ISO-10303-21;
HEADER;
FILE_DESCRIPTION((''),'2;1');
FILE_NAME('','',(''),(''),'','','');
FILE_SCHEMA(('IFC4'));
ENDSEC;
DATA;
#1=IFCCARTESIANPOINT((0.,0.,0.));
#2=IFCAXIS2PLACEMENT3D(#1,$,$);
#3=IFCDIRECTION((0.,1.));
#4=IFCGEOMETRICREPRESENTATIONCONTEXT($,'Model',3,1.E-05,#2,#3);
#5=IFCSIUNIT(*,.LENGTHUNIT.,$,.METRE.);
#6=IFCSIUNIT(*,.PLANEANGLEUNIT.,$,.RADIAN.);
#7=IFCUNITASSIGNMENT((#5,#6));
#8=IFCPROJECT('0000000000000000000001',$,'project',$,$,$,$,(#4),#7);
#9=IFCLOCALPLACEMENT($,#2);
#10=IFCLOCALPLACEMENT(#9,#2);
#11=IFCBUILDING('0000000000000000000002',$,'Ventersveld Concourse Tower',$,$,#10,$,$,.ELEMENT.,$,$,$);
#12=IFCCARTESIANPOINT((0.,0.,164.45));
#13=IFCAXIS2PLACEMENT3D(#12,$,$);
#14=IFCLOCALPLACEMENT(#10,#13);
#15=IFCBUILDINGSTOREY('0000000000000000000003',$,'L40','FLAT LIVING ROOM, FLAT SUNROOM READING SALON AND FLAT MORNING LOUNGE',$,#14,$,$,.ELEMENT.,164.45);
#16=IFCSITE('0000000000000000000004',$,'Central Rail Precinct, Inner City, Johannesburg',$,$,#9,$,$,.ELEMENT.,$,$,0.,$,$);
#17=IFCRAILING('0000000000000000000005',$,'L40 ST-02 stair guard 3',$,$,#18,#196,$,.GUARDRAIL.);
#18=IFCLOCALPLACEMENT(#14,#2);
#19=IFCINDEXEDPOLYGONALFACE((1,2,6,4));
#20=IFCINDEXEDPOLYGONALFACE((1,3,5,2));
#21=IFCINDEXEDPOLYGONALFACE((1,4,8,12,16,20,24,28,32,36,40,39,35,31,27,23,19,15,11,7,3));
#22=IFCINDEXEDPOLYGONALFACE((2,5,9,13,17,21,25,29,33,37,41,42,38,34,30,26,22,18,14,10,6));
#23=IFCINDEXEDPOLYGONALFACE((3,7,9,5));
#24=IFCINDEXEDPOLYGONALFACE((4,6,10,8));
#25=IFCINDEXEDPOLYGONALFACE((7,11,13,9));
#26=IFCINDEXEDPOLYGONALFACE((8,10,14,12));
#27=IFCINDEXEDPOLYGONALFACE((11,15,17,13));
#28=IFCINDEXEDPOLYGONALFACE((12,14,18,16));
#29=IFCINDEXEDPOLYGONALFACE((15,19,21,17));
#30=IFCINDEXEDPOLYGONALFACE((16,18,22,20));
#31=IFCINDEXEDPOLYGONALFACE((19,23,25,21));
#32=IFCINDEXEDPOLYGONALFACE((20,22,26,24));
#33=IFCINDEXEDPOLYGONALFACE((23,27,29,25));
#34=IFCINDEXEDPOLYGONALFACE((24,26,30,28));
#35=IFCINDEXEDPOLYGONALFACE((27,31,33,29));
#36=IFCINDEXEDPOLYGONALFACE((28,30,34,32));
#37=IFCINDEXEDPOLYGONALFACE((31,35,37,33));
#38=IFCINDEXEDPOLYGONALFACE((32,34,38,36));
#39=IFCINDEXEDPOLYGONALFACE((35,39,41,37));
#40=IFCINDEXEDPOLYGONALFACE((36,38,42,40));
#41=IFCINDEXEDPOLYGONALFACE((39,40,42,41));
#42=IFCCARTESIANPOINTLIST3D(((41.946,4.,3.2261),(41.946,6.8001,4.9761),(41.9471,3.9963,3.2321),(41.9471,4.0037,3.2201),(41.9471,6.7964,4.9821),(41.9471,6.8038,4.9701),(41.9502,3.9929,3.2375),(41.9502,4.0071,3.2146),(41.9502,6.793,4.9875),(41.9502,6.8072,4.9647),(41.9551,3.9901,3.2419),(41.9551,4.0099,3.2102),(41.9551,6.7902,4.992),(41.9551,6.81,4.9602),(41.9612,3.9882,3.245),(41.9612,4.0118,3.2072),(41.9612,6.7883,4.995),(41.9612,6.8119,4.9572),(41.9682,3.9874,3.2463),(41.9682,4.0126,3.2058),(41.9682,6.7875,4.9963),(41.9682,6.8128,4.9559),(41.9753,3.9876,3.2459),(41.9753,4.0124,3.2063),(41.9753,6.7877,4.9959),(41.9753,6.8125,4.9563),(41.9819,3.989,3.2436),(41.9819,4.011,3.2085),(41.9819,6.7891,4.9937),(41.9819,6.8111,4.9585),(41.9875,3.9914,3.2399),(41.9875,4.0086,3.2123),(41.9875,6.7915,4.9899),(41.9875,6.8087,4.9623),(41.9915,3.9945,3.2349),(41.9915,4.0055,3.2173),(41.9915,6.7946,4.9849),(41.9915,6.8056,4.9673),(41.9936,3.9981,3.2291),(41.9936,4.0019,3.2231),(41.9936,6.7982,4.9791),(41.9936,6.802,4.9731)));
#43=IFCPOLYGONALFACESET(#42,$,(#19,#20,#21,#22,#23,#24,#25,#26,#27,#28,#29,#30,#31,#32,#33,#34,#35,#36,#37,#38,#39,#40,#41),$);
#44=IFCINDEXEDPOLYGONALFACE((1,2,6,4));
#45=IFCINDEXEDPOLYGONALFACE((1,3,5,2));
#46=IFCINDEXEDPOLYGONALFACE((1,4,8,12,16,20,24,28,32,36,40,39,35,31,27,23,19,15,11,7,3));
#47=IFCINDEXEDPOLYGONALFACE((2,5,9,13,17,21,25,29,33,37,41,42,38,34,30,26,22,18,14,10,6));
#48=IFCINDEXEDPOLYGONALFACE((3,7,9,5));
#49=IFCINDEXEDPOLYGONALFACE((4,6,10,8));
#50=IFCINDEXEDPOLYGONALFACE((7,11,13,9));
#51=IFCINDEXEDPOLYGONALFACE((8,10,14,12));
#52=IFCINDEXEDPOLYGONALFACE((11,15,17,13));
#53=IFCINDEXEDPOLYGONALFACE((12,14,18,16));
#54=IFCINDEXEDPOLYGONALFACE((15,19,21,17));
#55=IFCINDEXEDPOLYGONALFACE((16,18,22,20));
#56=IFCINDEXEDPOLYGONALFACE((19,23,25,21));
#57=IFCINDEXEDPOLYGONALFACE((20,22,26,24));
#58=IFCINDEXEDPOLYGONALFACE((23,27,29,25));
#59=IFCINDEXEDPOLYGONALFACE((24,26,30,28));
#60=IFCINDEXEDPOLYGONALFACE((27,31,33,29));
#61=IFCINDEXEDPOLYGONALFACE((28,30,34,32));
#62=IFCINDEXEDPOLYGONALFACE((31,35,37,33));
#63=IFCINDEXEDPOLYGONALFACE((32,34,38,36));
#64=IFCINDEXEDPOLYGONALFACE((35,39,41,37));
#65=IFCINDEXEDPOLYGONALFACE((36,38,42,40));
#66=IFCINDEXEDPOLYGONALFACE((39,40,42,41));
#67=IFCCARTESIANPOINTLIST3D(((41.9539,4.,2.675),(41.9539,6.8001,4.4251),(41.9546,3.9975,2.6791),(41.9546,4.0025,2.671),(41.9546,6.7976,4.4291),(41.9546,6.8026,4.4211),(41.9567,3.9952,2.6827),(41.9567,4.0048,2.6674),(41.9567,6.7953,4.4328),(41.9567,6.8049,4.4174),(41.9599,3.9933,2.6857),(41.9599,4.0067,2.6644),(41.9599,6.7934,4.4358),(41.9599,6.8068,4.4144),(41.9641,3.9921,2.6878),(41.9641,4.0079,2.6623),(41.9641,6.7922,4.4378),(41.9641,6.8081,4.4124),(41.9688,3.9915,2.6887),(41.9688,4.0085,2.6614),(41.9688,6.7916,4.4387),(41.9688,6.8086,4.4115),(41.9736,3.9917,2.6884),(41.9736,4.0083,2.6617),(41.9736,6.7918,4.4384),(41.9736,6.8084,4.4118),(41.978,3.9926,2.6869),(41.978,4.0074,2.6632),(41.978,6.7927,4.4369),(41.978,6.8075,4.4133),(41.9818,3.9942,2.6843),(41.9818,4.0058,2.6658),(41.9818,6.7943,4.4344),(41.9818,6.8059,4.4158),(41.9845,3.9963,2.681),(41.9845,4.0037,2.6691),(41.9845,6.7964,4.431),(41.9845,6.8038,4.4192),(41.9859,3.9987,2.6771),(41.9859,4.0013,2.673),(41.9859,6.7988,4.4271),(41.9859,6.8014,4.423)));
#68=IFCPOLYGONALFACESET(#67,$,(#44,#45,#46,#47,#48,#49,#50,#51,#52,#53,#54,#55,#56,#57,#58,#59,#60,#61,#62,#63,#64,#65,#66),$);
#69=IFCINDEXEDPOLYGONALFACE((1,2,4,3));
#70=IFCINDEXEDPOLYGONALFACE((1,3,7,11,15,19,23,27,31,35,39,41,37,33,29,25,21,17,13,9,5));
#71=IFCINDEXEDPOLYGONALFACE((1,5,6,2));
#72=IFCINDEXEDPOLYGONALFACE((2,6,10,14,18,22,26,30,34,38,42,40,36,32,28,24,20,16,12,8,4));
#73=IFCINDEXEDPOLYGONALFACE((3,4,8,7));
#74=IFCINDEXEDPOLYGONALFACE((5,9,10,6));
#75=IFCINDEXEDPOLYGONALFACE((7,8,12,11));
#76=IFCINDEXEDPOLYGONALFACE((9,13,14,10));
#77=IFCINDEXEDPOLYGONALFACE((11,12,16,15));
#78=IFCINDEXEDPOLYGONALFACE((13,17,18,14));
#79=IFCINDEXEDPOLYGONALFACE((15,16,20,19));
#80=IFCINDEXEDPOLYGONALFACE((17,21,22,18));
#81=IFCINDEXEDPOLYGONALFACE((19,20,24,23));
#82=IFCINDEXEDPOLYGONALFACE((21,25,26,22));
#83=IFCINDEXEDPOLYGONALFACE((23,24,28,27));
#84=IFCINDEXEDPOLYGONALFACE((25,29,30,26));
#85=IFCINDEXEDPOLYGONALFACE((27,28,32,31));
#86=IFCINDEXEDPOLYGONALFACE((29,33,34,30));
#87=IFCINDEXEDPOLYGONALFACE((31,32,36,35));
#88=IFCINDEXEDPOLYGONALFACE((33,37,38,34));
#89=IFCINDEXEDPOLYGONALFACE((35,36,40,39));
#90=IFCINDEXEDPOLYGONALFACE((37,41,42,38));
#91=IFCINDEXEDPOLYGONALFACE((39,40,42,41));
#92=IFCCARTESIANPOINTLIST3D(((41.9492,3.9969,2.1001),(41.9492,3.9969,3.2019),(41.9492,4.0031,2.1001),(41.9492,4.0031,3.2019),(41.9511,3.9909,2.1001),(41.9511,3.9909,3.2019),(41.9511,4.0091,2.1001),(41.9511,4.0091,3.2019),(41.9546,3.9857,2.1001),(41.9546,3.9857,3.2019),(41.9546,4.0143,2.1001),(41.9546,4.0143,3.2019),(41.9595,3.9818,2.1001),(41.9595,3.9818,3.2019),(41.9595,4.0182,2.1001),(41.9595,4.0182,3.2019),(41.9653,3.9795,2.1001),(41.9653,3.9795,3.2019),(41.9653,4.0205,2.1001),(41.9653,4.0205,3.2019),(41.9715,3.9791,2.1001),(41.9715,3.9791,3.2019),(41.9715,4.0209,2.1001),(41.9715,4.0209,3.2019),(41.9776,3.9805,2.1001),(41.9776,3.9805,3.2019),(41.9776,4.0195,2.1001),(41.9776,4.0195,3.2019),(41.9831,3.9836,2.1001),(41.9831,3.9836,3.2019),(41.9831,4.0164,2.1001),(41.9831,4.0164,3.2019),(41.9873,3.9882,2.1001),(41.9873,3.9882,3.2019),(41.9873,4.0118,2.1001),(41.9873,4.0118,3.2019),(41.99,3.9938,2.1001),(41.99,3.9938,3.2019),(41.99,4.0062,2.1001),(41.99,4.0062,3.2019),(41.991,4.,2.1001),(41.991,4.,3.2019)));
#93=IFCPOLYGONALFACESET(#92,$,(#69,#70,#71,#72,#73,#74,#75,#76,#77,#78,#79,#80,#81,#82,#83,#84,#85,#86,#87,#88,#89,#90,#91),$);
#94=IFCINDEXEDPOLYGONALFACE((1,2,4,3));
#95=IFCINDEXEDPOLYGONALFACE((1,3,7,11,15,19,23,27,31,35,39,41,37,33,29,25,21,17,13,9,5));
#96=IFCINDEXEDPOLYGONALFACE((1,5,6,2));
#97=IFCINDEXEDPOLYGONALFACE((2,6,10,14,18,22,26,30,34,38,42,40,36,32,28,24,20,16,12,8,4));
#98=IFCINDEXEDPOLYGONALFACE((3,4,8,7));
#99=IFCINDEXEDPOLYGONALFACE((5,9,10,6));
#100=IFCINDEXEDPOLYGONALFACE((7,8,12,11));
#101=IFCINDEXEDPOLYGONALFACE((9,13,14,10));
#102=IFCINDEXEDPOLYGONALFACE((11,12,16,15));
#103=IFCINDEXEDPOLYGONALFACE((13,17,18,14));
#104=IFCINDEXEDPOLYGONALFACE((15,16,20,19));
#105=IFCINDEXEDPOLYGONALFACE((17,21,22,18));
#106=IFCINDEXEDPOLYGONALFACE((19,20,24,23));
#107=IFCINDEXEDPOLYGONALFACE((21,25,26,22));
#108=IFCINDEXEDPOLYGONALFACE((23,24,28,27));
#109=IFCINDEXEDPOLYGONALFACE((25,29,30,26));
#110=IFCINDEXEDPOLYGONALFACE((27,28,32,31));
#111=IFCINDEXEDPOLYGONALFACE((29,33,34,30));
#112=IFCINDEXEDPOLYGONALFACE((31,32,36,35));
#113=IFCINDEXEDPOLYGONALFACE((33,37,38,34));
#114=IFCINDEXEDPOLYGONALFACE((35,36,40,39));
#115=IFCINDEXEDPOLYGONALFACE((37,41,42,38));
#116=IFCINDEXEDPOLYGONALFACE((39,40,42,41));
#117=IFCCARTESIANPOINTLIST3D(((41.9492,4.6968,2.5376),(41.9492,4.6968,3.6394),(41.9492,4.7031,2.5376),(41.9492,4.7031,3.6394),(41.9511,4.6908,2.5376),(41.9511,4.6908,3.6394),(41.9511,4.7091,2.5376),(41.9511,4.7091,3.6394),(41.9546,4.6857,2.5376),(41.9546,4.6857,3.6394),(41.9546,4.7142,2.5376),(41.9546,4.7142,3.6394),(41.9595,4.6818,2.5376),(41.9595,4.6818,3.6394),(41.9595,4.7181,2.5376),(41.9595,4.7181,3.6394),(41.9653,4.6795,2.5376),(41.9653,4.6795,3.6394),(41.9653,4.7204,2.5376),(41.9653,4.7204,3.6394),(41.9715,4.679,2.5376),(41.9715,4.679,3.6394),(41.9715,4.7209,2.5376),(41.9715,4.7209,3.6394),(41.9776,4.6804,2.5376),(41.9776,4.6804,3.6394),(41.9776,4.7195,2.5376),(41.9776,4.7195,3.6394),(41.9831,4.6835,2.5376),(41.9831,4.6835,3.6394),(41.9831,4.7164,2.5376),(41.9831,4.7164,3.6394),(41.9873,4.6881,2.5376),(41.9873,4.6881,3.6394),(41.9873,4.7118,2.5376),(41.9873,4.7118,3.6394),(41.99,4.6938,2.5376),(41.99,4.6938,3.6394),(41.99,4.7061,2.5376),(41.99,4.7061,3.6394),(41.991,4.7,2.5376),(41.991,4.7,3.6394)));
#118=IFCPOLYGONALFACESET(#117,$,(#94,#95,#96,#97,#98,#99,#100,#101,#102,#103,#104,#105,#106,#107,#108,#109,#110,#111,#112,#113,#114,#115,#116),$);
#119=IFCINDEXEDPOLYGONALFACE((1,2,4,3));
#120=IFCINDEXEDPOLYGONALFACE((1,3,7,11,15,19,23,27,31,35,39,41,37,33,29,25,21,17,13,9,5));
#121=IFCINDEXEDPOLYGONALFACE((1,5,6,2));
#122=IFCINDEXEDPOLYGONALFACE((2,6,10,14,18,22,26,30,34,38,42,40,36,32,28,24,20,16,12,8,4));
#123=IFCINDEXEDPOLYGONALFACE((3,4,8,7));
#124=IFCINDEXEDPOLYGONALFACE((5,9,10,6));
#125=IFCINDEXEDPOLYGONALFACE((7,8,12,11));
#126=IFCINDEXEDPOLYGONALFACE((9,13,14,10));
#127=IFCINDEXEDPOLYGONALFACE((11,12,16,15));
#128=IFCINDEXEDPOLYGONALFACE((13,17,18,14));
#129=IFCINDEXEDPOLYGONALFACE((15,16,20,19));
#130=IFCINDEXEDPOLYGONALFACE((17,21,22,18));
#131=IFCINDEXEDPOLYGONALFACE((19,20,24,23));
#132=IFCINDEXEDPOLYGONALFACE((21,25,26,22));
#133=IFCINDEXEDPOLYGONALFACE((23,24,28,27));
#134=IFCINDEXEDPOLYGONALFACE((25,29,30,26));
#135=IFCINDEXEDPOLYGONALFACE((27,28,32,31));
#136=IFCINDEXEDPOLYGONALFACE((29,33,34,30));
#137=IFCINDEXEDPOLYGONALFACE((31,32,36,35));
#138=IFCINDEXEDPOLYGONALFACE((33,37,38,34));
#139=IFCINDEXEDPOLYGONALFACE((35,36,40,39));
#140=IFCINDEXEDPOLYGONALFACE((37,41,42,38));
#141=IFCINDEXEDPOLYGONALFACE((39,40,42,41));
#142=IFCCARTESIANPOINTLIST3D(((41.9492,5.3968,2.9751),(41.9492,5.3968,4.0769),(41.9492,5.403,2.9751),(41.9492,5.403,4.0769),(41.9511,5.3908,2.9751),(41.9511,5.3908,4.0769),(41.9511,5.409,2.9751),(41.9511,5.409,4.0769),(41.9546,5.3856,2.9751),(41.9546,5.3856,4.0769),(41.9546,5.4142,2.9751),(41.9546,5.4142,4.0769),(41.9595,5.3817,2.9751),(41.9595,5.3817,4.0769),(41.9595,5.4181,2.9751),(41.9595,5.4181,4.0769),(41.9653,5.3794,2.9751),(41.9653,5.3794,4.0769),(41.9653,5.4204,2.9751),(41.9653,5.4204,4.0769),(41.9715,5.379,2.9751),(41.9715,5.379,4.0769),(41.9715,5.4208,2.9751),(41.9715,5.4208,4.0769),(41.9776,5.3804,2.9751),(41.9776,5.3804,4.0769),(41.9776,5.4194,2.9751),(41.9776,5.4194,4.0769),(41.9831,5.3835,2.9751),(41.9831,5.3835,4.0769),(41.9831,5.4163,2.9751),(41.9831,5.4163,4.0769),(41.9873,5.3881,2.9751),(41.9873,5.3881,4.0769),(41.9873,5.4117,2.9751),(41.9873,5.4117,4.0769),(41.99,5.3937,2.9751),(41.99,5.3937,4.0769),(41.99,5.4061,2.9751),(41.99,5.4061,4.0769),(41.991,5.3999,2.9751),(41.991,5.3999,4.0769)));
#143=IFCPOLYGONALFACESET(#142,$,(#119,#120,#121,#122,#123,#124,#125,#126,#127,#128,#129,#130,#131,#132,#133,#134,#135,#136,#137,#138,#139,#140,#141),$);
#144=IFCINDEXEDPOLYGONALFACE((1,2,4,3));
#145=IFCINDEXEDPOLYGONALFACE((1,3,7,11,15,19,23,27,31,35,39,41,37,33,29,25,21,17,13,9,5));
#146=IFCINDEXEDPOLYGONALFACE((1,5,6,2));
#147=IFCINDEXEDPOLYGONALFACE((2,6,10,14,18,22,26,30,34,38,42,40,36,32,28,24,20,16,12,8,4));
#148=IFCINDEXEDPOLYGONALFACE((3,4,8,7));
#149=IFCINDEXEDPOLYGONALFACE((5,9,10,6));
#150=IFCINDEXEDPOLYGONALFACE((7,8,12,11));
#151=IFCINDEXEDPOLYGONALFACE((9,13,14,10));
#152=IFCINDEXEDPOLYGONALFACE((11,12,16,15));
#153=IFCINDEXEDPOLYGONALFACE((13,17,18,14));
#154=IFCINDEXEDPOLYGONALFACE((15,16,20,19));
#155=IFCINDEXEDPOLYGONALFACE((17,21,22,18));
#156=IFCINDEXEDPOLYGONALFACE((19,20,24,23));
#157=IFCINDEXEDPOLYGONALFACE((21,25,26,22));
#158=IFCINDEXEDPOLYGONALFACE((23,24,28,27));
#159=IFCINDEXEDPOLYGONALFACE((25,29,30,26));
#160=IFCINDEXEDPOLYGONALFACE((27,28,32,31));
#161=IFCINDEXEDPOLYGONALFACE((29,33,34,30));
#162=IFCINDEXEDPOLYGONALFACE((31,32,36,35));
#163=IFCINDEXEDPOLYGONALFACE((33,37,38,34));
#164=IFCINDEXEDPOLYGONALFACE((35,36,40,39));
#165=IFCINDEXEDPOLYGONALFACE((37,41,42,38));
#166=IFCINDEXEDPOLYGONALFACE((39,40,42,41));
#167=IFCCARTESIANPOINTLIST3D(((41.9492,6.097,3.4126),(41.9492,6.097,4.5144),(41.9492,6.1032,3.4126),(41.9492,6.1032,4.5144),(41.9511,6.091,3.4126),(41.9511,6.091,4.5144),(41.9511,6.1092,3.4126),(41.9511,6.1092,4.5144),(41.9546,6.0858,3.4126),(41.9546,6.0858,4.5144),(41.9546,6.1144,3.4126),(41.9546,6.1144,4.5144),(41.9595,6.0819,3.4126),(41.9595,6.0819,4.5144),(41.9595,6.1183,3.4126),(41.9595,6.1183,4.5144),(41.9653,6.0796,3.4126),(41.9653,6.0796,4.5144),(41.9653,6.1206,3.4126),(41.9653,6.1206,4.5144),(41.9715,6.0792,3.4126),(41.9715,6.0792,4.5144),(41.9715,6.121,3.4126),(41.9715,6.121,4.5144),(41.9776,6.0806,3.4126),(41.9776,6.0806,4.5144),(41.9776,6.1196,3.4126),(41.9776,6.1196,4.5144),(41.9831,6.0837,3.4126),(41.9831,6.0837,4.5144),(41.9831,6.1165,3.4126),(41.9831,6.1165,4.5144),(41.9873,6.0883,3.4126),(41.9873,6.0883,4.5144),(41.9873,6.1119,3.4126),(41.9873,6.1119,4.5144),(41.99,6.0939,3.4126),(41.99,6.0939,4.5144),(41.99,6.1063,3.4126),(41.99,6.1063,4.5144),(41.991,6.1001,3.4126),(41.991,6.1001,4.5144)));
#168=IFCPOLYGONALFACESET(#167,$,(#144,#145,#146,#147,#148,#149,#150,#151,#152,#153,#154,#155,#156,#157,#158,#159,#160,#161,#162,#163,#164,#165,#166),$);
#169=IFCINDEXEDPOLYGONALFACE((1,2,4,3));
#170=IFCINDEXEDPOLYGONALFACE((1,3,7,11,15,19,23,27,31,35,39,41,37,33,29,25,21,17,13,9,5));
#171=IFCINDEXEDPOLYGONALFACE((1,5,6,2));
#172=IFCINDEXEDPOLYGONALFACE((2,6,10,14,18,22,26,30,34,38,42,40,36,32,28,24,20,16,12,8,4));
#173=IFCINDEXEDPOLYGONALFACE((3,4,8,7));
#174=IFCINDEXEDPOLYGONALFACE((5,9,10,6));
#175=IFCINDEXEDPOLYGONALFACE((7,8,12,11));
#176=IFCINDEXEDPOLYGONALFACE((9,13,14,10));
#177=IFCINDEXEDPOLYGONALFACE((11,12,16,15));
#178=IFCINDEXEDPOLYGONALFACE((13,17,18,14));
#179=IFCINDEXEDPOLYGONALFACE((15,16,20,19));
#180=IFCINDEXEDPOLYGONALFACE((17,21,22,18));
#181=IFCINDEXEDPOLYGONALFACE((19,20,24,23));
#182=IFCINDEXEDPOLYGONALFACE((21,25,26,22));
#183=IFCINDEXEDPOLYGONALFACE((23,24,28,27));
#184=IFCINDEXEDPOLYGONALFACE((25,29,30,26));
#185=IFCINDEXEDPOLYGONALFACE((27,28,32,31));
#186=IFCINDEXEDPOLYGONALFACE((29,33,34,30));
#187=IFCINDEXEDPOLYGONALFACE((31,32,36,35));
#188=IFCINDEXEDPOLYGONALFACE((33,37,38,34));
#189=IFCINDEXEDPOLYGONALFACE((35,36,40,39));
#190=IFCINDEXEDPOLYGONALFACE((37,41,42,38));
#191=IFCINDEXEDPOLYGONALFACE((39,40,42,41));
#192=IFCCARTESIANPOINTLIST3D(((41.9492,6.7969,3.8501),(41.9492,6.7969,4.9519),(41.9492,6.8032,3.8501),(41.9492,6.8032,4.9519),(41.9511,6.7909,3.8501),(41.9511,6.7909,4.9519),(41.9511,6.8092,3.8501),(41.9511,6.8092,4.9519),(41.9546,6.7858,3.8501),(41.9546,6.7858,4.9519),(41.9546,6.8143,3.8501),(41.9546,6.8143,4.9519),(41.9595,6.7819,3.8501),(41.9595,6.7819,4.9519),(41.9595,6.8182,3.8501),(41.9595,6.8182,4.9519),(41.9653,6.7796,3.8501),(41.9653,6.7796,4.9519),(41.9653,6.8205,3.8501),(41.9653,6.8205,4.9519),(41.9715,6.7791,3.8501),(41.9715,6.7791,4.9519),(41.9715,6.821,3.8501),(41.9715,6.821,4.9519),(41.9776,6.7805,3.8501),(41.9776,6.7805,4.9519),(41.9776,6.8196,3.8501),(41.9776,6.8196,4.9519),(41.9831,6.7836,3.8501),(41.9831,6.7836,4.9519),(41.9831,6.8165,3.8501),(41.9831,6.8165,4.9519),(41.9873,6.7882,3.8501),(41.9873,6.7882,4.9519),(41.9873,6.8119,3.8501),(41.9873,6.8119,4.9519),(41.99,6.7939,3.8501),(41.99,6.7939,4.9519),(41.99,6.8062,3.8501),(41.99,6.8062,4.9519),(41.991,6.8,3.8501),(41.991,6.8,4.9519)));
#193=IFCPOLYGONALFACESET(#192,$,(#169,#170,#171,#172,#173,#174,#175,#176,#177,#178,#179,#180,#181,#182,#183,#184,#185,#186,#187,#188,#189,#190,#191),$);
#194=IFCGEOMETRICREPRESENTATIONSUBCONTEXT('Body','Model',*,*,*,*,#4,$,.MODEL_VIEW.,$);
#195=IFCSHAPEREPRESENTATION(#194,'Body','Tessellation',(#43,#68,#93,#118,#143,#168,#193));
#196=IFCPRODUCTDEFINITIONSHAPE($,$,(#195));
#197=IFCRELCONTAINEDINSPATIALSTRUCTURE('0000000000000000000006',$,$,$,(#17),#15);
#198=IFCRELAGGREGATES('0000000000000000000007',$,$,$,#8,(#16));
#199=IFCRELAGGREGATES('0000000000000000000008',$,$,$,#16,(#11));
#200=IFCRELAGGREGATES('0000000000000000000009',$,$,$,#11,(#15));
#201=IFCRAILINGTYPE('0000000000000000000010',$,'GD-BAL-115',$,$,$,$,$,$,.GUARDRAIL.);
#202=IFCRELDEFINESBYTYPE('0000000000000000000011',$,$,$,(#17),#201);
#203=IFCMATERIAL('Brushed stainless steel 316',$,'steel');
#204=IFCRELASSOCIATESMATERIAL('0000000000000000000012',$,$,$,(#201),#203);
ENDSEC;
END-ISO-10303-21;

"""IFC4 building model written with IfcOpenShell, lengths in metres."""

from ifc_helpers import new_model, si_unit, direction, frame, origin, origin_2d, place, context, subcontext, project, spatial, circle, extrude, material, type_object, element, save


model = new_model("IFC4")

# Units and contexts
model_context = context("Model", 3, precision=1e-05, world=origin(), true_north=direction((0.0, 1.0)))
body_context = subcontext(model_context, "Body", "Model", "MODEL_VIEW")
ifc_project = project(units=[si_unit("LENGTHUNIT", "METRE"), si_unit("PLANEANGLEUNIT", "RADIAN")], contexts=[model_context])

# Site, building, storey
site_placement = place(None, origin())
site = spatial("IfcSite", under=ifc_project, at=site_placement, Name="Central Rail Precinct, Inner City, Johannesburg", CompositionType="ELEMENT", RefElevation=0.0)
building_placement = place(site_placement, origin())
building = spatial("IfcBuilding", under=site, at=building_placement, Name="Ventersveld Concourse Tower", CompositionType="ELEMENT")
storey_placement = place(building_placement, frame((0.0, 0.0, 164.45)))
storey = spatial("IfcBuildingStorey", under=building, at=storey_placement, Name="L40", Description="FLAT LIVING ROOM, FLAT SUNROOM READING SALON AND FLAT MORNING LOUNGE", CompositionType="ELEMENT", Elevation=164.45)

# Railing
ifc_material_1 = material(Name="Brushed stainless steel 316", Category="steel")
railing_type_1 = type_object("IfcRailingType", Name="GD-BAL-115", PredefinedType="GUARDRAIL", material=ifc_material_1)
railing_1_placement = place(storey_placement, frame((41.97, 4.0, 2.1001)))
element("IfcRailing", 1, at=railing_1_placement, inside=storey, type_object=railing_type_1, Name="L40 ST-02 stair guard 3", PredefinedType="GUARDRAIL", context=body_context, shape_type="SweptSolid", body=[
    extrude(circle(Radius=0.0239, at=origin_2d()), frame((0.0, 0.0, 1.126), z_axis=(0.0, 0.848002, 0.529992), x_axis=(-1.0, 0.0, 0.0)), (0.0, 0.0, 1.0), 3.302),
    extrude(circle(Radius=0.0161, at=origin_2d()), frame((0.0, 0.0, 0.575), z_axis=(0.0, 0.848002, 0.529992), x_axis=(-1.0, 0.0, 0.0)), (0.0, 0.0, 1.0), 3.302),
    extrude(circle(Radius=0.021, at=origin_2d()), origin(), (0.0, 0.0, 1.0), 1.1018),
    extrude(circle(Radius=0.021, at=origin_2d()), frame((0.0, 0.7, 0.4375)), (0.0, 0.0, 1.0), 1.1018),
    extrude(circle(Radius=0.021, at=origin_2d()), frame((0.0, 1.3999, 0.875)), (0.0, 0.0, 1.0), 1.1018),
    extrude(circle(Radius=0.021, at=origin_2d()), frame((0.0, 2.1001, 1.3125)), (0.0, 0.0, 1.0), 1.1018),
    extrude(circle(Radius=0.021, at=origin_2d()), frame((0.0, 2.8, 1.75)), (0.0, 0.0, 1.0), 1.1018),
])

save(model, "model.ifc")
